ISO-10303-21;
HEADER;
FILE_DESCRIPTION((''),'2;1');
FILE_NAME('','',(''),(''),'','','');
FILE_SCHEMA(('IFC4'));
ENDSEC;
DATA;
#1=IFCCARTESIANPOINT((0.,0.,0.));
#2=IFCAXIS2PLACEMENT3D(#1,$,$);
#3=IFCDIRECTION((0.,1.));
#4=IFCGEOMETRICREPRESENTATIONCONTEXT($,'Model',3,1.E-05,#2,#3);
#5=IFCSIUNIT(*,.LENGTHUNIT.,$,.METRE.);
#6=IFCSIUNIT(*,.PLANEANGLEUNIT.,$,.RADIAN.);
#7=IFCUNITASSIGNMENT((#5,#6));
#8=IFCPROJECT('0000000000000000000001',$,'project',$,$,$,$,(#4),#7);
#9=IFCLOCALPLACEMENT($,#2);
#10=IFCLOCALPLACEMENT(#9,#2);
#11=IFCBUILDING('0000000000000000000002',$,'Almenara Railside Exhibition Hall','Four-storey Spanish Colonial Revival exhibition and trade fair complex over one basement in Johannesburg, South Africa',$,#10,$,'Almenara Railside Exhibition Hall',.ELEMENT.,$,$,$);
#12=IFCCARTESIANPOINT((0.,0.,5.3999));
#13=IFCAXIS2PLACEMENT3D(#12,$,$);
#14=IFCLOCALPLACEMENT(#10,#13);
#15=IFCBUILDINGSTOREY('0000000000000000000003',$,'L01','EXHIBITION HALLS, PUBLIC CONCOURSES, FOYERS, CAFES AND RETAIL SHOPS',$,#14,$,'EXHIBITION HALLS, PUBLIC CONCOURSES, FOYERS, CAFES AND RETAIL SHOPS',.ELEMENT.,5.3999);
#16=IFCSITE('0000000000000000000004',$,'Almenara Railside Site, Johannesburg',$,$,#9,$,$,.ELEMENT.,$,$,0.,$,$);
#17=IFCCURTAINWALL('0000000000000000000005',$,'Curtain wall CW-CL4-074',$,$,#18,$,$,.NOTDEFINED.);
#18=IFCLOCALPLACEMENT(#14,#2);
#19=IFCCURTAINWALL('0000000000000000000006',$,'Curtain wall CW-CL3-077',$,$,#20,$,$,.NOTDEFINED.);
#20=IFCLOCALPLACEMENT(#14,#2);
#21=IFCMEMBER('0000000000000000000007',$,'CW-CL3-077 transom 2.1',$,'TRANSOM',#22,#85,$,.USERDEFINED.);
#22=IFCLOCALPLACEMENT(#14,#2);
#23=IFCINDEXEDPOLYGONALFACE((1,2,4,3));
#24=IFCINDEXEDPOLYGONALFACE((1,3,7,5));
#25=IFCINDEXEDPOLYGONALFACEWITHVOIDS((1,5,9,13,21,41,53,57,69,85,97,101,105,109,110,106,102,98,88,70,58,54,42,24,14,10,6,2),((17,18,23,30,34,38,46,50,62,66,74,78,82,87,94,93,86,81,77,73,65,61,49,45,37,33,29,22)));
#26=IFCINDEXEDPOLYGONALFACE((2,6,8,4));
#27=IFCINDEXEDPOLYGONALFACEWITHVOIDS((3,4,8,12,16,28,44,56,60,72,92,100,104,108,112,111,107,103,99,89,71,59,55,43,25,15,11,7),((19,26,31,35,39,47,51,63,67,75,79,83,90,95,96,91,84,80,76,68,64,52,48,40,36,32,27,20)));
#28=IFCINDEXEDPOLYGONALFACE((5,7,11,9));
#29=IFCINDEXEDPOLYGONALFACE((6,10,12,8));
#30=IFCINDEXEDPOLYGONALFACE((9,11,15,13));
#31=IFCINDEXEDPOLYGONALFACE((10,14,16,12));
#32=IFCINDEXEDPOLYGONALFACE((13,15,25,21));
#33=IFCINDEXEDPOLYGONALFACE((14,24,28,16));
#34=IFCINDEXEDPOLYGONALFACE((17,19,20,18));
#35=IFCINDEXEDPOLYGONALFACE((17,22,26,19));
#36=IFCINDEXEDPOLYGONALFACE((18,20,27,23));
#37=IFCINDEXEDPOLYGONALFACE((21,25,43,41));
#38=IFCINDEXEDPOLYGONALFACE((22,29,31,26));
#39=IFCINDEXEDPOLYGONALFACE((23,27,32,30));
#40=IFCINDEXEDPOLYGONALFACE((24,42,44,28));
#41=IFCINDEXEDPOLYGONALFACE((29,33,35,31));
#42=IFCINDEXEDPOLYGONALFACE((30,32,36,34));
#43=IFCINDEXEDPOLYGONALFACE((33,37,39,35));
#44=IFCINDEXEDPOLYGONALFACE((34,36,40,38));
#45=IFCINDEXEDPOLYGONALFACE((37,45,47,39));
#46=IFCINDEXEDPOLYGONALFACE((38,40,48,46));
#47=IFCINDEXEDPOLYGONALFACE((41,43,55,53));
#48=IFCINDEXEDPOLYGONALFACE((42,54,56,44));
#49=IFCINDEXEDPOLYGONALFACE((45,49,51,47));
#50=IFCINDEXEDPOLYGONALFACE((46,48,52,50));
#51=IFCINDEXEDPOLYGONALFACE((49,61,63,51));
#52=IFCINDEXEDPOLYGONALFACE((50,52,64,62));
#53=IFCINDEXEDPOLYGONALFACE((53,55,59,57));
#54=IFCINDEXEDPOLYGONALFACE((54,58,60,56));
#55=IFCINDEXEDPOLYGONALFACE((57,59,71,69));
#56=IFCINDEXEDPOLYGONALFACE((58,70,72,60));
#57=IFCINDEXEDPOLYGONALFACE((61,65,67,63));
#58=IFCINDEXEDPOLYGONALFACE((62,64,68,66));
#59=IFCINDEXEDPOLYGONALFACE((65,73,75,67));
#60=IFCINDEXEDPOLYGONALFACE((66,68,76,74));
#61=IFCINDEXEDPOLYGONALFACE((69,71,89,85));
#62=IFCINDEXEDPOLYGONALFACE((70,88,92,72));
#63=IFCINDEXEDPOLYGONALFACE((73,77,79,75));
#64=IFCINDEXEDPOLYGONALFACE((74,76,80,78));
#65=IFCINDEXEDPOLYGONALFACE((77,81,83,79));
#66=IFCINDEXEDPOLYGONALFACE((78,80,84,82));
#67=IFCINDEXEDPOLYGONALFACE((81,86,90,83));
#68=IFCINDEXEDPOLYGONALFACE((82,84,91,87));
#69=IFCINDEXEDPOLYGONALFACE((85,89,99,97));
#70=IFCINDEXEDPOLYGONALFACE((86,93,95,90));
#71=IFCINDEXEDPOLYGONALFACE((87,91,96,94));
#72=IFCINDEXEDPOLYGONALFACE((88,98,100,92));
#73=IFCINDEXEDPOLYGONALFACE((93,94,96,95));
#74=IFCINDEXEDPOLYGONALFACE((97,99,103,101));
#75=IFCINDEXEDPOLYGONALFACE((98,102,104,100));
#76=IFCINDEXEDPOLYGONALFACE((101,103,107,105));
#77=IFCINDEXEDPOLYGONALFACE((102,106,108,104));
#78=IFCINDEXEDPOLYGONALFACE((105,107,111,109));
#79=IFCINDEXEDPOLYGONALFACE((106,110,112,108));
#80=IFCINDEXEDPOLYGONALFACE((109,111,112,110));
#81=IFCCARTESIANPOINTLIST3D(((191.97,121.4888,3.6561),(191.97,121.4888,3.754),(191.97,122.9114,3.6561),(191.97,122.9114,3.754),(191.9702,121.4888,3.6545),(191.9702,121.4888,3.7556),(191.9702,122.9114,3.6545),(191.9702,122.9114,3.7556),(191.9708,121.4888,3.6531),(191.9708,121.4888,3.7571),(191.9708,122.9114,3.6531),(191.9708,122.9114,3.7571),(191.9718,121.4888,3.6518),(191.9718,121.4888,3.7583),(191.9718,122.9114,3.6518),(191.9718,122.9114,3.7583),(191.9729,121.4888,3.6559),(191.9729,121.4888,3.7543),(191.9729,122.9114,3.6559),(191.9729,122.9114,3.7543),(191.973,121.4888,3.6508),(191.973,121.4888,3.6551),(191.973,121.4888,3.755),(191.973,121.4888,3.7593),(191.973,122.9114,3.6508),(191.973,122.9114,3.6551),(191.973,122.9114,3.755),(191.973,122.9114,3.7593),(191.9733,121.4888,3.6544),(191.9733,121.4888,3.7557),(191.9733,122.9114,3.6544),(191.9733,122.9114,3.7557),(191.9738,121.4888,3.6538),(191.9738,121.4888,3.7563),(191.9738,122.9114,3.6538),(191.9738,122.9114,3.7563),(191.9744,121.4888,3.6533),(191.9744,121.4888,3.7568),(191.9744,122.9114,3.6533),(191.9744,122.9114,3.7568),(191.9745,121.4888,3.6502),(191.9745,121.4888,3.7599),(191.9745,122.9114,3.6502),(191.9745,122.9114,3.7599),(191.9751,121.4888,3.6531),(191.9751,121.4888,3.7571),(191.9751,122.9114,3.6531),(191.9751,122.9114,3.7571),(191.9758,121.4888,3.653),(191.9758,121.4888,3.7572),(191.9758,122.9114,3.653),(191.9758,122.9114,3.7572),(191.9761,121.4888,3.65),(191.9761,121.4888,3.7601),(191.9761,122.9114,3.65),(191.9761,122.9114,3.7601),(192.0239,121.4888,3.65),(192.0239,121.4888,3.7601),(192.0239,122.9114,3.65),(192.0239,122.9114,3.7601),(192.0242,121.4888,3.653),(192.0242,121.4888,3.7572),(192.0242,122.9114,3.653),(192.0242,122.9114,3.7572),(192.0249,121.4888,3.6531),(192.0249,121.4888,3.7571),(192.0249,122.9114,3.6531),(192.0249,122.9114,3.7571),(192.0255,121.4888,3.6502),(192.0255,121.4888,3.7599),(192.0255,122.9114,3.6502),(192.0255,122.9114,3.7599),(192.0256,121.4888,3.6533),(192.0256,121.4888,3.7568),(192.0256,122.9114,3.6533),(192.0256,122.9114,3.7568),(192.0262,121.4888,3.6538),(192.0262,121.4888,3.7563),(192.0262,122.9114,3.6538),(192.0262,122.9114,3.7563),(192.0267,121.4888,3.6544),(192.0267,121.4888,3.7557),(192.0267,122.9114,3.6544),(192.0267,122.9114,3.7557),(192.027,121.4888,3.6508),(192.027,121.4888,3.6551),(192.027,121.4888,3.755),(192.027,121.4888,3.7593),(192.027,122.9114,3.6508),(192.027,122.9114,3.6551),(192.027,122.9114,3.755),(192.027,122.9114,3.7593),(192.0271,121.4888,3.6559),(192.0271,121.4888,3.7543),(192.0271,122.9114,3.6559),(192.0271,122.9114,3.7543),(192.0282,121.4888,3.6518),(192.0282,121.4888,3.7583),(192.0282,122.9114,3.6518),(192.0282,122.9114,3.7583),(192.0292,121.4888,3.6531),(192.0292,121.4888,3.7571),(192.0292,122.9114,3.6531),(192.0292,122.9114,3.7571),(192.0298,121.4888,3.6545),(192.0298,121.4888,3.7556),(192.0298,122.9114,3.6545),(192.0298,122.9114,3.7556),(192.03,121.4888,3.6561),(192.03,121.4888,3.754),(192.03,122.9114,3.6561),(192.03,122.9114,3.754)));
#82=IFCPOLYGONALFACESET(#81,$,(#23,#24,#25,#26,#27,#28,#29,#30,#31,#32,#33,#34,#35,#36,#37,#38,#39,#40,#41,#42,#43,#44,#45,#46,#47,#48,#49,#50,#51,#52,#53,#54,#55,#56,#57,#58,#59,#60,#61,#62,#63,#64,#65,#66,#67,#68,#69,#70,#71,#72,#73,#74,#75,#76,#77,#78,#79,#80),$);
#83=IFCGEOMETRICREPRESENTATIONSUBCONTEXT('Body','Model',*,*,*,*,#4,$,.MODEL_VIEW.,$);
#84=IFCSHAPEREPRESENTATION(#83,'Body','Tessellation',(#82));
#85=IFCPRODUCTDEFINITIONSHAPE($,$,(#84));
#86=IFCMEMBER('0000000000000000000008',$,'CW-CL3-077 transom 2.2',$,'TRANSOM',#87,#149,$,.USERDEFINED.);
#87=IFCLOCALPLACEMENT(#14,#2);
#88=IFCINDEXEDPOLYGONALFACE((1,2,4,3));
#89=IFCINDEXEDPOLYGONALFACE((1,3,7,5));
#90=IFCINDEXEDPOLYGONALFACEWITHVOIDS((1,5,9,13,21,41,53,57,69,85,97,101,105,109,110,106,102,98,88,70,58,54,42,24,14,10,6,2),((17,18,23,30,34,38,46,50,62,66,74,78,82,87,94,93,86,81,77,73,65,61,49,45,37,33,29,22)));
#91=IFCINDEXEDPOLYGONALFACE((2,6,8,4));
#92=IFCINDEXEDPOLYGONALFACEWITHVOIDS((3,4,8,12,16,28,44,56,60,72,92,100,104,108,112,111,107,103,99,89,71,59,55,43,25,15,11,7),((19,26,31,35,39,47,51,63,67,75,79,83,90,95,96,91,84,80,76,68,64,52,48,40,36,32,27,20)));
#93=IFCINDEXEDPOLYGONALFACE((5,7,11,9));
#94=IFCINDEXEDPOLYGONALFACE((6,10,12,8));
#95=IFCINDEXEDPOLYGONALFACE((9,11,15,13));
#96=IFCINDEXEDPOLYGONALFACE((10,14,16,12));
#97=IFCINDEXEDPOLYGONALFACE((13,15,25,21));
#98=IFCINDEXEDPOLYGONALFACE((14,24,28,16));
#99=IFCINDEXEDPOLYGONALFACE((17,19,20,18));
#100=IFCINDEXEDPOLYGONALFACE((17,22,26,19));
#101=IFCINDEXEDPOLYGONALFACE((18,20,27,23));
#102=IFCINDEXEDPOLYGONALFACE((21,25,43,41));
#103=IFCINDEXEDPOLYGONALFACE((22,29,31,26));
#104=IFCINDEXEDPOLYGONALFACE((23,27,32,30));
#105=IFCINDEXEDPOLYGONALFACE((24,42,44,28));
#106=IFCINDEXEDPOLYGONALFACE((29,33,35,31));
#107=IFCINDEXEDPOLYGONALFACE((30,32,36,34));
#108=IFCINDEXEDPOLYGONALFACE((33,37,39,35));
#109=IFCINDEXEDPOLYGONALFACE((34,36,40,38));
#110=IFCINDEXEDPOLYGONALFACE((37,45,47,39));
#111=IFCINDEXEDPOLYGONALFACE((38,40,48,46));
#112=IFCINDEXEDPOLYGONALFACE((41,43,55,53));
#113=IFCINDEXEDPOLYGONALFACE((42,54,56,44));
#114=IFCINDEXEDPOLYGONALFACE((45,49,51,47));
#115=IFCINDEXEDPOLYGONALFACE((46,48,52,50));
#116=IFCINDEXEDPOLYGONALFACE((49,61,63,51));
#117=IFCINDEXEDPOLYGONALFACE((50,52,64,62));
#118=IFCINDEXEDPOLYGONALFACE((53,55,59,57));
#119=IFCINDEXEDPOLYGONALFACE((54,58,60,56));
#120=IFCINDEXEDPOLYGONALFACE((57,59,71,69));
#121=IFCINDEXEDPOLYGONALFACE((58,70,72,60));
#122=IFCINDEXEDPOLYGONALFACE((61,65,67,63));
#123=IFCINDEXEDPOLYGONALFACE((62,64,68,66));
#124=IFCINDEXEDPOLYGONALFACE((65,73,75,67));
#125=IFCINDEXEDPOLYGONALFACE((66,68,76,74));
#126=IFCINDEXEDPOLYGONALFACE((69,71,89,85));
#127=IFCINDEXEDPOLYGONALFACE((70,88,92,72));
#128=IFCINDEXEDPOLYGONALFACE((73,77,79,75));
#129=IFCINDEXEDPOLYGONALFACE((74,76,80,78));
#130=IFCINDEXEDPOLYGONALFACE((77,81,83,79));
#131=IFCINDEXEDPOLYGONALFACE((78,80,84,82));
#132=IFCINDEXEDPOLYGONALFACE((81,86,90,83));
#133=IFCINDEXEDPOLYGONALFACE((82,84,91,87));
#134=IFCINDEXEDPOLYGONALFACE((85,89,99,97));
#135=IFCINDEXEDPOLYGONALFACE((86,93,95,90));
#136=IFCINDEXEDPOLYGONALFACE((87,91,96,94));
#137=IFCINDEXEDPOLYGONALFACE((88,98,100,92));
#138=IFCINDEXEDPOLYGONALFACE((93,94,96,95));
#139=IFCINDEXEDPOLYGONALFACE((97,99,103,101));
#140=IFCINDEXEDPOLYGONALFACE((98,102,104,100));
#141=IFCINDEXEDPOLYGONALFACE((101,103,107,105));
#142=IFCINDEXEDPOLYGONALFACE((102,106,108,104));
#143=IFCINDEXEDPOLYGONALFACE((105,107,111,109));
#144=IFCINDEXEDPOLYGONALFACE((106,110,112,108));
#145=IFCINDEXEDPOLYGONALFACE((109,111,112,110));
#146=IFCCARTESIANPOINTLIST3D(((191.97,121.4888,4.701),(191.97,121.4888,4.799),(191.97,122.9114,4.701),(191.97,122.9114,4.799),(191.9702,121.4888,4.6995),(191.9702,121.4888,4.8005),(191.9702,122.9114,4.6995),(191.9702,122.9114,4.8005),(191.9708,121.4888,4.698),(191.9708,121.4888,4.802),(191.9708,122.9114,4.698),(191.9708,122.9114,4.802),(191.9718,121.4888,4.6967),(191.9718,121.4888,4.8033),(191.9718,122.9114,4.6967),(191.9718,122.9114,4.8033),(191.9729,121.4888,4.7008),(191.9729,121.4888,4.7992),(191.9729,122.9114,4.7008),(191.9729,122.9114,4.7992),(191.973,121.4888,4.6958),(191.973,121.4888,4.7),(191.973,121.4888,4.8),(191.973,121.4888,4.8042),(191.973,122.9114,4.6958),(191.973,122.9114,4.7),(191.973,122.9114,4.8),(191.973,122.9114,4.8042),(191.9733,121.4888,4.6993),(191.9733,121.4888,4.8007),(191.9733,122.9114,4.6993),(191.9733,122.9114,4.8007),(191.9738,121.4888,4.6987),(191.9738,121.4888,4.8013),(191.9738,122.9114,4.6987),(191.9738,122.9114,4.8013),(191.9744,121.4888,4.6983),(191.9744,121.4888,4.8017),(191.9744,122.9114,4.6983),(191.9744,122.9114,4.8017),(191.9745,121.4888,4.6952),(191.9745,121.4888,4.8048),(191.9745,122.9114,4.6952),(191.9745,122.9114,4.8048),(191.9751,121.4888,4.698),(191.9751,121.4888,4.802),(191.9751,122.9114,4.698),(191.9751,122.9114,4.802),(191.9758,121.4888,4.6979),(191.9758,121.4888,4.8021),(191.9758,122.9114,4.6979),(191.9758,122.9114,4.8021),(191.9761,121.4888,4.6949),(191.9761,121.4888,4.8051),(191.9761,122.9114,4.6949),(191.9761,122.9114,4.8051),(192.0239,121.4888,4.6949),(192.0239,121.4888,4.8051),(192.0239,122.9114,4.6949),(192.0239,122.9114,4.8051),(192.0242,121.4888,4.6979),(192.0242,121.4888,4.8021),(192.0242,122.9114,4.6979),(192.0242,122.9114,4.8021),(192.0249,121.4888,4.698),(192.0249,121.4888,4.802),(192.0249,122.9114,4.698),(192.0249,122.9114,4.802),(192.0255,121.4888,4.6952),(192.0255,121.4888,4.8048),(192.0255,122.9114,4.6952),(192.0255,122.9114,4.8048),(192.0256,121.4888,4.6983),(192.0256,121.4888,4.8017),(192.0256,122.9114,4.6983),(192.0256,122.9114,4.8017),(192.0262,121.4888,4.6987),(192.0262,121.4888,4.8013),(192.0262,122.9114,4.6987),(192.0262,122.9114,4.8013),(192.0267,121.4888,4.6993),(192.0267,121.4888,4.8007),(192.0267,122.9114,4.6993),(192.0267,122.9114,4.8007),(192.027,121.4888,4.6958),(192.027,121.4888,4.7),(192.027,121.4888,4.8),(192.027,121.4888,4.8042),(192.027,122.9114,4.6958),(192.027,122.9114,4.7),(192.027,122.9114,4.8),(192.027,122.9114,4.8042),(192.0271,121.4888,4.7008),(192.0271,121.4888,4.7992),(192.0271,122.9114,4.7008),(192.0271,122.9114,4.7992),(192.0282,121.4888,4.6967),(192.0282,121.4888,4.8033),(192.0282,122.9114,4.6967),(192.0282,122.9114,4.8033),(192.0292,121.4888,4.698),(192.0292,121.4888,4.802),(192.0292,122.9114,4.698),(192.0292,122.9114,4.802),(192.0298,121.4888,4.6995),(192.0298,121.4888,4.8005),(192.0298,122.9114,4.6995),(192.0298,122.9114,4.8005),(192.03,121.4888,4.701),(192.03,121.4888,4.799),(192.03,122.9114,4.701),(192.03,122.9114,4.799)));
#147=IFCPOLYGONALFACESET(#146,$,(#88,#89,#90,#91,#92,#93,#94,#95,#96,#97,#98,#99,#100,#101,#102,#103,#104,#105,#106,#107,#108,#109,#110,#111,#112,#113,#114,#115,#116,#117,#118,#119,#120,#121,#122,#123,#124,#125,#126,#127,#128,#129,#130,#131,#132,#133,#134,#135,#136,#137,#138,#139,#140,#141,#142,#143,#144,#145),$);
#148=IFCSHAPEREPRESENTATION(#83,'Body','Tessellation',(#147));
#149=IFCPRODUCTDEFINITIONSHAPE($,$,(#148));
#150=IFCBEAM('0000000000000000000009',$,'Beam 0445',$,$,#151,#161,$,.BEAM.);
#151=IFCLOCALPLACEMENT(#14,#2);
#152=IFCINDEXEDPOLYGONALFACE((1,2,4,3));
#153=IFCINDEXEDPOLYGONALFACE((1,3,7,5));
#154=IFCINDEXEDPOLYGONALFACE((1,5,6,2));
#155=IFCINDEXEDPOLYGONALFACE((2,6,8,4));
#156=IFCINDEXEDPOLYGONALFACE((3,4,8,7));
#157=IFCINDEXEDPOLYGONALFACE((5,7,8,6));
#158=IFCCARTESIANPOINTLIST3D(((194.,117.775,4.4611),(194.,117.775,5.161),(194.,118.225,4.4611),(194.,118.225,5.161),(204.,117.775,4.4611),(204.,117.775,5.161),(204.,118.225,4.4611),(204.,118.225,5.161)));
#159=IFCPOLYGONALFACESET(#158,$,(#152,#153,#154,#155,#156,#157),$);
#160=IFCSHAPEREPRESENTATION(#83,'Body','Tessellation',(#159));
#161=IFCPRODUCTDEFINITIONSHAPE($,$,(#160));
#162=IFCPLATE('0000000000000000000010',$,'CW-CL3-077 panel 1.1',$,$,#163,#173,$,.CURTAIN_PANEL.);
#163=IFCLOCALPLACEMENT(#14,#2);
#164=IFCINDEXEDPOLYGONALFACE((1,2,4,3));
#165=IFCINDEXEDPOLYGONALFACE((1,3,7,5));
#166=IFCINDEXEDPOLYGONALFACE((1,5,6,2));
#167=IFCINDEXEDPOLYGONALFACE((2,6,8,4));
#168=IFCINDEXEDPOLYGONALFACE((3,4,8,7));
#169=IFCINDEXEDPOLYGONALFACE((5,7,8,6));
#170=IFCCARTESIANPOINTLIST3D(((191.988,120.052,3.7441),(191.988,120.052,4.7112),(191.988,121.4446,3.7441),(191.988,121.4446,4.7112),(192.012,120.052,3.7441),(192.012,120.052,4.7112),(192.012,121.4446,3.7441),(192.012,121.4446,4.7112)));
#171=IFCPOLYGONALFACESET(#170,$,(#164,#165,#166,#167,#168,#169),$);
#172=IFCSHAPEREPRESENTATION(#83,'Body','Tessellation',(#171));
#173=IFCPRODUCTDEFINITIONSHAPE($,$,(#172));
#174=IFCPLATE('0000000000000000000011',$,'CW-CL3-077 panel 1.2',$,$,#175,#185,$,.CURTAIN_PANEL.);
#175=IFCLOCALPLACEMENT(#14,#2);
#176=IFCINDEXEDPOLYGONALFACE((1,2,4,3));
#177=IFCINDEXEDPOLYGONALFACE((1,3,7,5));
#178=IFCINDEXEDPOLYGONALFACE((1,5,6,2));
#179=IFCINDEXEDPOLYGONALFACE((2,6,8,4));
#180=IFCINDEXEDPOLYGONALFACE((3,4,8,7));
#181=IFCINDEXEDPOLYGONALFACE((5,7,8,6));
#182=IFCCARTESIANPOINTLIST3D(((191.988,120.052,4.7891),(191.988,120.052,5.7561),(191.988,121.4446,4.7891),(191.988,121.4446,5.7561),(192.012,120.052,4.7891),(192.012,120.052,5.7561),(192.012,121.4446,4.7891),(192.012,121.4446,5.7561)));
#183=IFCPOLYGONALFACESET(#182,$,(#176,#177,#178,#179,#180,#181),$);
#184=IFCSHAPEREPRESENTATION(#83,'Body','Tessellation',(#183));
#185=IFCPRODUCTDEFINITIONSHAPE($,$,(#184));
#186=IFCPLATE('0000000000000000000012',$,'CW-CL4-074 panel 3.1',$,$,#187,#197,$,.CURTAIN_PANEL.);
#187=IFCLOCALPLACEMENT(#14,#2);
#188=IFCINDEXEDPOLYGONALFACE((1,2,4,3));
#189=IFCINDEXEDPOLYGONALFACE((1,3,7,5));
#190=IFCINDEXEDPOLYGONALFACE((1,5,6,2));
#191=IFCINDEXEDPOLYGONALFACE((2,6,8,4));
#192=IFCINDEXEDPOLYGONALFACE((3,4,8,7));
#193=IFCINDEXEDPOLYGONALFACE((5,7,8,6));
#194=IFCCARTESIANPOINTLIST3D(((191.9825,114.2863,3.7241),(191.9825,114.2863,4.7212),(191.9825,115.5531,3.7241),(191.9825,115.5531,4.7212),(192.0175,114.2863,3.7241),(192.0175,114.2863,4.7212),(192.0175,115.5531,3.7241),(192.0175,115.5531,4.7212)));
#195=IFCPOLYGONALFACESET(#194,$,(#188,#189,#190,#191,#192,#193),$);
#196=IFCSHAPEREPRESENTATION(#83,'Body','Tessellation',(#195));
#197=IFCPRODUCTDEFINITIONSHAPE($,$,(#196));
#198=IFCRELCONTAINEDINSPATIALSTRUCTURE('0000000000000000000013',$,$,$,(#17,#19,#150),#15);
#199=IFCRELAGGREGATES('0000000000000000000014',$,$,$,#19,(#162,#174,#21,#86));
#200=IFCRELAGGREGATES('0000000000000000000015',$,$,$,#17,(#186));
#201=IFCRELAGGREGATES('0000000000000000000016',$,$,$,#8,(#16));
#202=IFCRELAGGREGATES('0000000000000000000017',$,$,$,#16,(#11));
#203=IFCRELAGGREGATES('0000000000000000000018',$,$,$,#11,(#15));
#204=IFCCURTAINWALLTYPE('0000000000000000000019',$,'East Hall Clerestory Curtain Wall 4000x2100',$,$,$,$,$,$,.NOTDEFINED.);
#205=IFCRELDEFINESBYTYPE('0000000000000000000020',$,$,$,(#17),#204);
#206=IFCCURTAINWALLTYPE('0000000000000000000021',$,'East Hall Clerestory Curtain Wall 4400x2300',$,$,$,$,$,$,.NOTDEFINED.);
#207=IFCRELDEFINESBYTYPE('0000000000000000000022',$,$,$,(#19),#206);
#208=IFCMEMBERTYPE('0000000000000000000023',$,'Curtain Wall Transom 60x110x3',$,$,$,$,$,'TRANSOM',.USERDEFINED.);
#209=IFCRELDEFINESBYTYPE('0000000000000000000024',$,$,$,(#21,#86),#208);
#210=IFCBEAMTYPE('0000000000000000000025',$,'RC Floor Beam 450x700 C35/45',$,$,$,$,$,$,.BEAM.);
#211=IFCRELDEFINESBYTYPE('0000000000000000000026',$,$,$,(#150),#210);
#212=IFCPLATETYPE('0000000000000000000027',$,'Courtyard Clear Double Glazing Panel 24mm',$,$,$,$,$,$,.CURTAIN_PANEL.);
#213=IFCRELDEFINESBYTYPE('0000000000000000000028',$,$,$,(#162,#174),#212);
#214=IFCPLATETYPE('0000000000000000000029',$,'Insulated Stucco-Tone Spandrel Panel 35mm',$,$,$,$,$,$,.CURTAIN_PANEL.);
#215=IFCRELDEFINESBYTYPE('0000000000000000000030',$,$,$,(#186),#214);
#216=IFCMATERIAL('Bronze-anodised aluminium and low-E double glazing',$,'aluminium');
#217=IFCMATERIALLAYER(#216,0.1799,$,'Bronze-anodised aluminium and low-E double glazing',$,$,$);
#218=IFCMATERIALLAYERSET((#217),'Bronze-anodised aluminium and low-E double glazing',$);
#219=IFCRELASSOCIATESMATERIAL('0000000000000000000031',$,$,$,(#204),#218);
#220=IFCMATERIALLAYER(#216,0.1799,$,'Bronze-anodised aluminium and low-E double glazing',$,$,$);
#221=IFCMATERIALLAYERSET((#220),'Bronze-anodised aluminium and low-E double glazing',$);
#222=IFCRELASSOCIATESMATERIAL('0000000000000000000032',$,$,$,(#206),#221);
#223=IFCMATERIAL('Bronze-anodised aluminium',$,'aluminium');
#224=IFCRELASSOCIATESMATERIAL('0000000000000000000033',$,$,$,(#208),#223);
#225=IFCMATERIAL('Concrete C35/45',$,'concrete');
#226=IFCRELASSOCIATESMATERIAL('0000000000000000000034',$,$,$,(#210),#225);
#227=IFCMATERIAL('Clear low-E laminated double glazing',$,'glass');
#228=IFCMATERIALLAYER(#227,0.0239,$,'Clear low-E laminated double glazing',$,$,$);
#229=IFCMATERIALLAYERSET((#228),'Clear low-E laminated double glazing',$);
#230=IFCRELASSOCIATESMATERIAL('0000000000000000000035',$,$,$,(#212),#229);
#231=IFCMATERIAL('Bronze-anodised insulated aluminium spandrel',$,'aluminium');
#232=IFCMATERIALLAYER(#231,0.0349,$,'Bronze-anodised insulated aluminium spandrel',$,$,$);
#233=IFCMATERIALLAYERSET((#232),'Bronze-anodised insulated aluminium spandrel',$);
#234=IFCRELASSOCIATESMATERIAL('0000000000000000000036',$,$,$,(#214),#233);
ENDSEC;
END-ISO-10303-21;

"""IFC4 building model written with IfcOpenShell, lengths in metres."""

from ifc_helpers import new_model, si_unit, direction, frame, origin, origin_2d, place, context, subcontext, project, spatial, rectangle, hollow_rectangle, extrude, material, layer, layer_set, material_profile, profile_set, type_object, element, aggregate, save


model = new_model("IFC4")

# Units and contexts
model_context = context("Model", 3, precision=1e-05, world=origin(), true_north=direction((0.0, 1.0)))
body_context = subcontext(model_context, "Body", "Model", "MODEL_VIEW")
ifc_project = project(units=[si_unit("LENGTHUNIT", "METRE"), si_unit("PLANEANGLEUNIT", "RADIAN")], contexts=[model_context])

# Site, building, storey
site_placement = place(None, origin())
site = spatial("IfcSite", under=ifc_project, at=site_placement, Name="Almenara Railside Site, Johannesburg", CompositionType="ELEMENT", RefElevation=0.0)
building_placement = place(site_placement, origin())
building = spatial("IfcBuilding", under=site, at=building_placement, Name="Almenara Railside Exhibition Hall", Description="Four-storey Spanish Colonial Revival exhibition and trade fair complex over one basement in Johannesburg, South Africa", LongName="Almenara Railside Exhibition Hall", CompositionType="ELEMENT")
storey_placement = place(building_placement, frame((0.0, 0.0, 5.3999)))
storey = spatial("IfcBuildingStorey", under=building, at=storey_placement, Name="L01", Description="EXHIBITION HALLS, PUBLIC CONCOURSES, FOYERS, CAFES AND RETAIL SHOPS", LongName="EXHIBITION HALLS, PUBLIC CONCOURSES, FOYERS, CAFES AND RETAIL SHOPS", CompositionType="ELEMENT", Elevation=5.3999)

# Shared definitions
ifc_material_1 = material(Name="Concrete C35/45", Category="concrete")

# Curtain walls
ifc_material_2 = material(Name="Bronze-anodised aluminium and low-E double glazing", Category="aluminium")
ifc_layer_1 = layer(ifc_material_2, 0.1799, Name="Bronze-anodised aluminium and low-E double glazing")
ifc_layer_set_1 = layer_set([ifc_layer_1], Name="Bronze-anodised aluminium and low-E double glazing")
curtain_wall_type_1 = type_object("IfcCurtainWallType", Name="East Hall Clerestory Curtain Wall 4000x2100", PredefinedType="NOTDEFINED", material=ifc_layer_set_1)
curtain_wall_1_placement = place(storey_placement, origin())
curtain_wall_1 = element("IfcCurtainWall", 1, at=curtain_wall_1_placement, inside=storey, type_object=curtain_wall_type_1, Name="Curtain wall CW-CL4-074", PredefinedType="NOTDEFINED")
ifc_material_3 = material(Name="Bronze-anodised aluminium", Category="aluminium")
ifc_layer_2 = layer(ifc_material_2, 0.1799, Name="Bronze-anodised aluminium and low-E double glazing")
ifc_layer_set_2 = layer_set([ifc_layer_2], Name="Bronze-anodised aluminium and low-E double glazing")
curtain_wall_type_2 = type_object("IfcCurtainWallType", Name="East Hall Clerestory Curtain Wall 4400x2300", PredefinedType="NOTDEFINED", material=ifc_layer_set_2)
curtain_wall_2_placement = place(storey_placement, origin())
curtain_wall_2 = element("IfcCurtainWall", 2, at=curtain_wall_2_placement, inside=storey, type_object=curtain_wall_type_2, Name="Curtain wall CW-CL3-077", PredefinedType="NOTDEFINED")

# Members
ifc_material_profile_1 = material_profile(ifc_material_3, hollow_rectangle(XDim=0.0601, YDim=0.1101, WallThickness=0.0029, InnerFilletRadius=0.0029, OuterFilletRadius=0.0061, at=origin_2d()), Name="ALU-TRN 60x110x3")
ifc_profile_set_1 = profile_set([ifc_material_profile_1], Name="Bronze-anodised aluminium")
member_type_1 = type_object("IfcMemberType", Name="Curtain Wall Transom 60x110x3", ElementType="TRANSOM", PredefinedType="USERDEFINED", material=ifc_profile_set_1)
member_1_placement = place(storey_placement, frame((192.0, 121.4888, 3.7051), z_axis=(0.0, 1.0, 0.0), x_axis=(-1.0, 0.0, 0.0)))
member_1 = element("IfcMember", 3, at=member_1_placement, type_object=member_type_1, Name="CW-CL3-077 transom 2.1", ObjectType="TRANSOM", PredefinedType="USERDEFINED", context=body_context, shape_type="SweptSolid", body=[
    extrude(hollow_rectangle(XDim=0.0601, YDim=0.1101, WallThickness=0.0029, InnerFilletRadius=0.0029, OuterFilletRadius=0.0061, at=origin_2d()), origin(), (0.0, 0.0, 1.0), 1.4226),
])
member_2_placement = place(storey_placement, frame((192.0, 121.4888, 4.75), z_axis=(0.0, 1.0, 0.0), x_axis=(-1.0, 0.0, 0.0)))
member_2 = element("IfcMember", 4, at=member_2_placement, type_object=member_type_1, Name="CW-CL3-077 transom 2.2", ObjectType="TRANSOM", PredefinedType="USERDEFINED", context=body_context, shape_type="SweptSolid", body=[
    extrude(hollow_rectangle(XDim=0.0601, YDim=0.1101, WallThickness=0.0029, InnerFilletRadius=0.0029, OuterFilletRadius=0.0061, at=origin_2d()), origin(), (0.0, 0.0, 1.0), 1.4226),
])

# Beam
ifc_material_profile_2 = material_profile(ifc_material_1, rectangle(XDim=0.45, YDim=0.7, at=origin_2d()), Name="RC 450x700")
ifc_profile_set_2 = profile_set([ifc_material_profile_2], Name="Concrete C35/45")
beam_type = type_object("IfcBeamType", Name="RC Floor Beam 450x700 C35/45", PredefinedType="BEAM", material=ifc_profile_set_2)
beam_placement = place(storey_placement, frame((194.0, 118.0, 4.811), z_axis=(1.0, 0.0, 0.0), x_axis=(0.0, 1.0, 0.0)))
element("IfcBeam", 5, at=beam_placement, inside=storey, type_object=beam_type, Name="Beam 0445", PredefinedType="BEAM", context=body_context, shape_type="SweptSolid", body=[
    extrude(rectangle(XDim=0.45, YDim=0.7, at=origin_2d()), origin(), (0.0, 0.0, 1.0), 10.0),
])

# Plates
ifc_material_4 = material(Name="Clear low-E laminated double glazing", Category="glass")
ifc_layer_3 = layer(ifc_material_4, 0.0239, Name="Clear low-E laminated double glazing")
ifc_layer_set_3 = layer_set([ifc_layer_3], Name="Clear low-E laminated double glazing")
plate_type_1 = type_object("IfcPlateType", Name="Courtyard Clear Double Glazing Panel 24mm", PredefinedType="CURTAIN_PANEL", material=ifc_layer_set_3)
plate_1_placement = place(storey_placement, frame((192.0, 120.7483, 3.7441), z_axis=(0.0, 0.0, 1.0), x_axis=(0.0, 1.0, 0.0)))
plate_1 = element("IfcPlate", 6, at=plate_1_placement, type_object=plate_type_1, Name="CW-CL3-077 panel 1.1", PredefinedType="CURTAIN_PANEL", context=body_context, shape_type="SweptSolid", body=[
    extrude(rectangle(XDim=1.3926, YDim=0.0239, at=origin_2d()), origin(), (0.0, 0.0, 1.0), 0.967),
])
plate_2_placement = place(storey_placement, frame((192.0, 120.7483, 4.7891), z_axis=(0.0, 0.0, 1.0), x_axis=(0.0, 1.0, 0.0)))
plate_2 = element("IfcPlate", 7, at=plate_2_placement, type_object=plate_type_1, Name="CW-CL3-077 panel 1.2", PredefinedType="CURTAIN_PANEL", context=body_context, shape_type="SweptSolid", body=[
    extrude(rectangle(XDim=1.3926, YDim=0.0239, at=origin_2d()), origin(), (0.0, 0.0, 1.0), 0.967),
])
aggregate(curtain_wall_2, [plate_1, plate_2, member_1, member_2])
ifc_material_5 = material(Name="Bronze-anodised insulated aluminium spandrel", Category="aluminium")
ifc_layer_4 = layer(ifc_material_5, 0.0349, Name="Bronze-anodised insulated aluminium spandrel")
ifc_layer_set_4 = layer_set([ifc_layer_4], Name="Bronze-anodised insulated aluminium spandrel")
plate_type_2 = type_object("IfcPlateType", Name="Insulated Stucco-Tone Spandrel Panel 35mm", PredefinedType="CURTAIN_PANEL", material=ifc_layer_set_4)
plate_3_placement = place(storey_placement, frame((192.0, 114.9197, 3.7241), z_axis=(0.0, 0.0, 1.0), x_axis=(0.0, 1.0, 0.0)))
plate_3 = element("IfcPlate", 8, at=plate_3_placement, type_object=plate_type_2, Name="CW-CL4-074 panel 3.1", PredefinedType="CURTAIN_PANEL", context=body_context, shape_type="SweptSolid", body=[
    extrude(rectangle(XDim=1.2668, YDim=0.0349, at=origin_2d()), origin(), (0.0, 0.0, 1.0), 0.9971),
])
aggregate(curtain_wall_1, [plate_3])

save(model, "model.ifc")
